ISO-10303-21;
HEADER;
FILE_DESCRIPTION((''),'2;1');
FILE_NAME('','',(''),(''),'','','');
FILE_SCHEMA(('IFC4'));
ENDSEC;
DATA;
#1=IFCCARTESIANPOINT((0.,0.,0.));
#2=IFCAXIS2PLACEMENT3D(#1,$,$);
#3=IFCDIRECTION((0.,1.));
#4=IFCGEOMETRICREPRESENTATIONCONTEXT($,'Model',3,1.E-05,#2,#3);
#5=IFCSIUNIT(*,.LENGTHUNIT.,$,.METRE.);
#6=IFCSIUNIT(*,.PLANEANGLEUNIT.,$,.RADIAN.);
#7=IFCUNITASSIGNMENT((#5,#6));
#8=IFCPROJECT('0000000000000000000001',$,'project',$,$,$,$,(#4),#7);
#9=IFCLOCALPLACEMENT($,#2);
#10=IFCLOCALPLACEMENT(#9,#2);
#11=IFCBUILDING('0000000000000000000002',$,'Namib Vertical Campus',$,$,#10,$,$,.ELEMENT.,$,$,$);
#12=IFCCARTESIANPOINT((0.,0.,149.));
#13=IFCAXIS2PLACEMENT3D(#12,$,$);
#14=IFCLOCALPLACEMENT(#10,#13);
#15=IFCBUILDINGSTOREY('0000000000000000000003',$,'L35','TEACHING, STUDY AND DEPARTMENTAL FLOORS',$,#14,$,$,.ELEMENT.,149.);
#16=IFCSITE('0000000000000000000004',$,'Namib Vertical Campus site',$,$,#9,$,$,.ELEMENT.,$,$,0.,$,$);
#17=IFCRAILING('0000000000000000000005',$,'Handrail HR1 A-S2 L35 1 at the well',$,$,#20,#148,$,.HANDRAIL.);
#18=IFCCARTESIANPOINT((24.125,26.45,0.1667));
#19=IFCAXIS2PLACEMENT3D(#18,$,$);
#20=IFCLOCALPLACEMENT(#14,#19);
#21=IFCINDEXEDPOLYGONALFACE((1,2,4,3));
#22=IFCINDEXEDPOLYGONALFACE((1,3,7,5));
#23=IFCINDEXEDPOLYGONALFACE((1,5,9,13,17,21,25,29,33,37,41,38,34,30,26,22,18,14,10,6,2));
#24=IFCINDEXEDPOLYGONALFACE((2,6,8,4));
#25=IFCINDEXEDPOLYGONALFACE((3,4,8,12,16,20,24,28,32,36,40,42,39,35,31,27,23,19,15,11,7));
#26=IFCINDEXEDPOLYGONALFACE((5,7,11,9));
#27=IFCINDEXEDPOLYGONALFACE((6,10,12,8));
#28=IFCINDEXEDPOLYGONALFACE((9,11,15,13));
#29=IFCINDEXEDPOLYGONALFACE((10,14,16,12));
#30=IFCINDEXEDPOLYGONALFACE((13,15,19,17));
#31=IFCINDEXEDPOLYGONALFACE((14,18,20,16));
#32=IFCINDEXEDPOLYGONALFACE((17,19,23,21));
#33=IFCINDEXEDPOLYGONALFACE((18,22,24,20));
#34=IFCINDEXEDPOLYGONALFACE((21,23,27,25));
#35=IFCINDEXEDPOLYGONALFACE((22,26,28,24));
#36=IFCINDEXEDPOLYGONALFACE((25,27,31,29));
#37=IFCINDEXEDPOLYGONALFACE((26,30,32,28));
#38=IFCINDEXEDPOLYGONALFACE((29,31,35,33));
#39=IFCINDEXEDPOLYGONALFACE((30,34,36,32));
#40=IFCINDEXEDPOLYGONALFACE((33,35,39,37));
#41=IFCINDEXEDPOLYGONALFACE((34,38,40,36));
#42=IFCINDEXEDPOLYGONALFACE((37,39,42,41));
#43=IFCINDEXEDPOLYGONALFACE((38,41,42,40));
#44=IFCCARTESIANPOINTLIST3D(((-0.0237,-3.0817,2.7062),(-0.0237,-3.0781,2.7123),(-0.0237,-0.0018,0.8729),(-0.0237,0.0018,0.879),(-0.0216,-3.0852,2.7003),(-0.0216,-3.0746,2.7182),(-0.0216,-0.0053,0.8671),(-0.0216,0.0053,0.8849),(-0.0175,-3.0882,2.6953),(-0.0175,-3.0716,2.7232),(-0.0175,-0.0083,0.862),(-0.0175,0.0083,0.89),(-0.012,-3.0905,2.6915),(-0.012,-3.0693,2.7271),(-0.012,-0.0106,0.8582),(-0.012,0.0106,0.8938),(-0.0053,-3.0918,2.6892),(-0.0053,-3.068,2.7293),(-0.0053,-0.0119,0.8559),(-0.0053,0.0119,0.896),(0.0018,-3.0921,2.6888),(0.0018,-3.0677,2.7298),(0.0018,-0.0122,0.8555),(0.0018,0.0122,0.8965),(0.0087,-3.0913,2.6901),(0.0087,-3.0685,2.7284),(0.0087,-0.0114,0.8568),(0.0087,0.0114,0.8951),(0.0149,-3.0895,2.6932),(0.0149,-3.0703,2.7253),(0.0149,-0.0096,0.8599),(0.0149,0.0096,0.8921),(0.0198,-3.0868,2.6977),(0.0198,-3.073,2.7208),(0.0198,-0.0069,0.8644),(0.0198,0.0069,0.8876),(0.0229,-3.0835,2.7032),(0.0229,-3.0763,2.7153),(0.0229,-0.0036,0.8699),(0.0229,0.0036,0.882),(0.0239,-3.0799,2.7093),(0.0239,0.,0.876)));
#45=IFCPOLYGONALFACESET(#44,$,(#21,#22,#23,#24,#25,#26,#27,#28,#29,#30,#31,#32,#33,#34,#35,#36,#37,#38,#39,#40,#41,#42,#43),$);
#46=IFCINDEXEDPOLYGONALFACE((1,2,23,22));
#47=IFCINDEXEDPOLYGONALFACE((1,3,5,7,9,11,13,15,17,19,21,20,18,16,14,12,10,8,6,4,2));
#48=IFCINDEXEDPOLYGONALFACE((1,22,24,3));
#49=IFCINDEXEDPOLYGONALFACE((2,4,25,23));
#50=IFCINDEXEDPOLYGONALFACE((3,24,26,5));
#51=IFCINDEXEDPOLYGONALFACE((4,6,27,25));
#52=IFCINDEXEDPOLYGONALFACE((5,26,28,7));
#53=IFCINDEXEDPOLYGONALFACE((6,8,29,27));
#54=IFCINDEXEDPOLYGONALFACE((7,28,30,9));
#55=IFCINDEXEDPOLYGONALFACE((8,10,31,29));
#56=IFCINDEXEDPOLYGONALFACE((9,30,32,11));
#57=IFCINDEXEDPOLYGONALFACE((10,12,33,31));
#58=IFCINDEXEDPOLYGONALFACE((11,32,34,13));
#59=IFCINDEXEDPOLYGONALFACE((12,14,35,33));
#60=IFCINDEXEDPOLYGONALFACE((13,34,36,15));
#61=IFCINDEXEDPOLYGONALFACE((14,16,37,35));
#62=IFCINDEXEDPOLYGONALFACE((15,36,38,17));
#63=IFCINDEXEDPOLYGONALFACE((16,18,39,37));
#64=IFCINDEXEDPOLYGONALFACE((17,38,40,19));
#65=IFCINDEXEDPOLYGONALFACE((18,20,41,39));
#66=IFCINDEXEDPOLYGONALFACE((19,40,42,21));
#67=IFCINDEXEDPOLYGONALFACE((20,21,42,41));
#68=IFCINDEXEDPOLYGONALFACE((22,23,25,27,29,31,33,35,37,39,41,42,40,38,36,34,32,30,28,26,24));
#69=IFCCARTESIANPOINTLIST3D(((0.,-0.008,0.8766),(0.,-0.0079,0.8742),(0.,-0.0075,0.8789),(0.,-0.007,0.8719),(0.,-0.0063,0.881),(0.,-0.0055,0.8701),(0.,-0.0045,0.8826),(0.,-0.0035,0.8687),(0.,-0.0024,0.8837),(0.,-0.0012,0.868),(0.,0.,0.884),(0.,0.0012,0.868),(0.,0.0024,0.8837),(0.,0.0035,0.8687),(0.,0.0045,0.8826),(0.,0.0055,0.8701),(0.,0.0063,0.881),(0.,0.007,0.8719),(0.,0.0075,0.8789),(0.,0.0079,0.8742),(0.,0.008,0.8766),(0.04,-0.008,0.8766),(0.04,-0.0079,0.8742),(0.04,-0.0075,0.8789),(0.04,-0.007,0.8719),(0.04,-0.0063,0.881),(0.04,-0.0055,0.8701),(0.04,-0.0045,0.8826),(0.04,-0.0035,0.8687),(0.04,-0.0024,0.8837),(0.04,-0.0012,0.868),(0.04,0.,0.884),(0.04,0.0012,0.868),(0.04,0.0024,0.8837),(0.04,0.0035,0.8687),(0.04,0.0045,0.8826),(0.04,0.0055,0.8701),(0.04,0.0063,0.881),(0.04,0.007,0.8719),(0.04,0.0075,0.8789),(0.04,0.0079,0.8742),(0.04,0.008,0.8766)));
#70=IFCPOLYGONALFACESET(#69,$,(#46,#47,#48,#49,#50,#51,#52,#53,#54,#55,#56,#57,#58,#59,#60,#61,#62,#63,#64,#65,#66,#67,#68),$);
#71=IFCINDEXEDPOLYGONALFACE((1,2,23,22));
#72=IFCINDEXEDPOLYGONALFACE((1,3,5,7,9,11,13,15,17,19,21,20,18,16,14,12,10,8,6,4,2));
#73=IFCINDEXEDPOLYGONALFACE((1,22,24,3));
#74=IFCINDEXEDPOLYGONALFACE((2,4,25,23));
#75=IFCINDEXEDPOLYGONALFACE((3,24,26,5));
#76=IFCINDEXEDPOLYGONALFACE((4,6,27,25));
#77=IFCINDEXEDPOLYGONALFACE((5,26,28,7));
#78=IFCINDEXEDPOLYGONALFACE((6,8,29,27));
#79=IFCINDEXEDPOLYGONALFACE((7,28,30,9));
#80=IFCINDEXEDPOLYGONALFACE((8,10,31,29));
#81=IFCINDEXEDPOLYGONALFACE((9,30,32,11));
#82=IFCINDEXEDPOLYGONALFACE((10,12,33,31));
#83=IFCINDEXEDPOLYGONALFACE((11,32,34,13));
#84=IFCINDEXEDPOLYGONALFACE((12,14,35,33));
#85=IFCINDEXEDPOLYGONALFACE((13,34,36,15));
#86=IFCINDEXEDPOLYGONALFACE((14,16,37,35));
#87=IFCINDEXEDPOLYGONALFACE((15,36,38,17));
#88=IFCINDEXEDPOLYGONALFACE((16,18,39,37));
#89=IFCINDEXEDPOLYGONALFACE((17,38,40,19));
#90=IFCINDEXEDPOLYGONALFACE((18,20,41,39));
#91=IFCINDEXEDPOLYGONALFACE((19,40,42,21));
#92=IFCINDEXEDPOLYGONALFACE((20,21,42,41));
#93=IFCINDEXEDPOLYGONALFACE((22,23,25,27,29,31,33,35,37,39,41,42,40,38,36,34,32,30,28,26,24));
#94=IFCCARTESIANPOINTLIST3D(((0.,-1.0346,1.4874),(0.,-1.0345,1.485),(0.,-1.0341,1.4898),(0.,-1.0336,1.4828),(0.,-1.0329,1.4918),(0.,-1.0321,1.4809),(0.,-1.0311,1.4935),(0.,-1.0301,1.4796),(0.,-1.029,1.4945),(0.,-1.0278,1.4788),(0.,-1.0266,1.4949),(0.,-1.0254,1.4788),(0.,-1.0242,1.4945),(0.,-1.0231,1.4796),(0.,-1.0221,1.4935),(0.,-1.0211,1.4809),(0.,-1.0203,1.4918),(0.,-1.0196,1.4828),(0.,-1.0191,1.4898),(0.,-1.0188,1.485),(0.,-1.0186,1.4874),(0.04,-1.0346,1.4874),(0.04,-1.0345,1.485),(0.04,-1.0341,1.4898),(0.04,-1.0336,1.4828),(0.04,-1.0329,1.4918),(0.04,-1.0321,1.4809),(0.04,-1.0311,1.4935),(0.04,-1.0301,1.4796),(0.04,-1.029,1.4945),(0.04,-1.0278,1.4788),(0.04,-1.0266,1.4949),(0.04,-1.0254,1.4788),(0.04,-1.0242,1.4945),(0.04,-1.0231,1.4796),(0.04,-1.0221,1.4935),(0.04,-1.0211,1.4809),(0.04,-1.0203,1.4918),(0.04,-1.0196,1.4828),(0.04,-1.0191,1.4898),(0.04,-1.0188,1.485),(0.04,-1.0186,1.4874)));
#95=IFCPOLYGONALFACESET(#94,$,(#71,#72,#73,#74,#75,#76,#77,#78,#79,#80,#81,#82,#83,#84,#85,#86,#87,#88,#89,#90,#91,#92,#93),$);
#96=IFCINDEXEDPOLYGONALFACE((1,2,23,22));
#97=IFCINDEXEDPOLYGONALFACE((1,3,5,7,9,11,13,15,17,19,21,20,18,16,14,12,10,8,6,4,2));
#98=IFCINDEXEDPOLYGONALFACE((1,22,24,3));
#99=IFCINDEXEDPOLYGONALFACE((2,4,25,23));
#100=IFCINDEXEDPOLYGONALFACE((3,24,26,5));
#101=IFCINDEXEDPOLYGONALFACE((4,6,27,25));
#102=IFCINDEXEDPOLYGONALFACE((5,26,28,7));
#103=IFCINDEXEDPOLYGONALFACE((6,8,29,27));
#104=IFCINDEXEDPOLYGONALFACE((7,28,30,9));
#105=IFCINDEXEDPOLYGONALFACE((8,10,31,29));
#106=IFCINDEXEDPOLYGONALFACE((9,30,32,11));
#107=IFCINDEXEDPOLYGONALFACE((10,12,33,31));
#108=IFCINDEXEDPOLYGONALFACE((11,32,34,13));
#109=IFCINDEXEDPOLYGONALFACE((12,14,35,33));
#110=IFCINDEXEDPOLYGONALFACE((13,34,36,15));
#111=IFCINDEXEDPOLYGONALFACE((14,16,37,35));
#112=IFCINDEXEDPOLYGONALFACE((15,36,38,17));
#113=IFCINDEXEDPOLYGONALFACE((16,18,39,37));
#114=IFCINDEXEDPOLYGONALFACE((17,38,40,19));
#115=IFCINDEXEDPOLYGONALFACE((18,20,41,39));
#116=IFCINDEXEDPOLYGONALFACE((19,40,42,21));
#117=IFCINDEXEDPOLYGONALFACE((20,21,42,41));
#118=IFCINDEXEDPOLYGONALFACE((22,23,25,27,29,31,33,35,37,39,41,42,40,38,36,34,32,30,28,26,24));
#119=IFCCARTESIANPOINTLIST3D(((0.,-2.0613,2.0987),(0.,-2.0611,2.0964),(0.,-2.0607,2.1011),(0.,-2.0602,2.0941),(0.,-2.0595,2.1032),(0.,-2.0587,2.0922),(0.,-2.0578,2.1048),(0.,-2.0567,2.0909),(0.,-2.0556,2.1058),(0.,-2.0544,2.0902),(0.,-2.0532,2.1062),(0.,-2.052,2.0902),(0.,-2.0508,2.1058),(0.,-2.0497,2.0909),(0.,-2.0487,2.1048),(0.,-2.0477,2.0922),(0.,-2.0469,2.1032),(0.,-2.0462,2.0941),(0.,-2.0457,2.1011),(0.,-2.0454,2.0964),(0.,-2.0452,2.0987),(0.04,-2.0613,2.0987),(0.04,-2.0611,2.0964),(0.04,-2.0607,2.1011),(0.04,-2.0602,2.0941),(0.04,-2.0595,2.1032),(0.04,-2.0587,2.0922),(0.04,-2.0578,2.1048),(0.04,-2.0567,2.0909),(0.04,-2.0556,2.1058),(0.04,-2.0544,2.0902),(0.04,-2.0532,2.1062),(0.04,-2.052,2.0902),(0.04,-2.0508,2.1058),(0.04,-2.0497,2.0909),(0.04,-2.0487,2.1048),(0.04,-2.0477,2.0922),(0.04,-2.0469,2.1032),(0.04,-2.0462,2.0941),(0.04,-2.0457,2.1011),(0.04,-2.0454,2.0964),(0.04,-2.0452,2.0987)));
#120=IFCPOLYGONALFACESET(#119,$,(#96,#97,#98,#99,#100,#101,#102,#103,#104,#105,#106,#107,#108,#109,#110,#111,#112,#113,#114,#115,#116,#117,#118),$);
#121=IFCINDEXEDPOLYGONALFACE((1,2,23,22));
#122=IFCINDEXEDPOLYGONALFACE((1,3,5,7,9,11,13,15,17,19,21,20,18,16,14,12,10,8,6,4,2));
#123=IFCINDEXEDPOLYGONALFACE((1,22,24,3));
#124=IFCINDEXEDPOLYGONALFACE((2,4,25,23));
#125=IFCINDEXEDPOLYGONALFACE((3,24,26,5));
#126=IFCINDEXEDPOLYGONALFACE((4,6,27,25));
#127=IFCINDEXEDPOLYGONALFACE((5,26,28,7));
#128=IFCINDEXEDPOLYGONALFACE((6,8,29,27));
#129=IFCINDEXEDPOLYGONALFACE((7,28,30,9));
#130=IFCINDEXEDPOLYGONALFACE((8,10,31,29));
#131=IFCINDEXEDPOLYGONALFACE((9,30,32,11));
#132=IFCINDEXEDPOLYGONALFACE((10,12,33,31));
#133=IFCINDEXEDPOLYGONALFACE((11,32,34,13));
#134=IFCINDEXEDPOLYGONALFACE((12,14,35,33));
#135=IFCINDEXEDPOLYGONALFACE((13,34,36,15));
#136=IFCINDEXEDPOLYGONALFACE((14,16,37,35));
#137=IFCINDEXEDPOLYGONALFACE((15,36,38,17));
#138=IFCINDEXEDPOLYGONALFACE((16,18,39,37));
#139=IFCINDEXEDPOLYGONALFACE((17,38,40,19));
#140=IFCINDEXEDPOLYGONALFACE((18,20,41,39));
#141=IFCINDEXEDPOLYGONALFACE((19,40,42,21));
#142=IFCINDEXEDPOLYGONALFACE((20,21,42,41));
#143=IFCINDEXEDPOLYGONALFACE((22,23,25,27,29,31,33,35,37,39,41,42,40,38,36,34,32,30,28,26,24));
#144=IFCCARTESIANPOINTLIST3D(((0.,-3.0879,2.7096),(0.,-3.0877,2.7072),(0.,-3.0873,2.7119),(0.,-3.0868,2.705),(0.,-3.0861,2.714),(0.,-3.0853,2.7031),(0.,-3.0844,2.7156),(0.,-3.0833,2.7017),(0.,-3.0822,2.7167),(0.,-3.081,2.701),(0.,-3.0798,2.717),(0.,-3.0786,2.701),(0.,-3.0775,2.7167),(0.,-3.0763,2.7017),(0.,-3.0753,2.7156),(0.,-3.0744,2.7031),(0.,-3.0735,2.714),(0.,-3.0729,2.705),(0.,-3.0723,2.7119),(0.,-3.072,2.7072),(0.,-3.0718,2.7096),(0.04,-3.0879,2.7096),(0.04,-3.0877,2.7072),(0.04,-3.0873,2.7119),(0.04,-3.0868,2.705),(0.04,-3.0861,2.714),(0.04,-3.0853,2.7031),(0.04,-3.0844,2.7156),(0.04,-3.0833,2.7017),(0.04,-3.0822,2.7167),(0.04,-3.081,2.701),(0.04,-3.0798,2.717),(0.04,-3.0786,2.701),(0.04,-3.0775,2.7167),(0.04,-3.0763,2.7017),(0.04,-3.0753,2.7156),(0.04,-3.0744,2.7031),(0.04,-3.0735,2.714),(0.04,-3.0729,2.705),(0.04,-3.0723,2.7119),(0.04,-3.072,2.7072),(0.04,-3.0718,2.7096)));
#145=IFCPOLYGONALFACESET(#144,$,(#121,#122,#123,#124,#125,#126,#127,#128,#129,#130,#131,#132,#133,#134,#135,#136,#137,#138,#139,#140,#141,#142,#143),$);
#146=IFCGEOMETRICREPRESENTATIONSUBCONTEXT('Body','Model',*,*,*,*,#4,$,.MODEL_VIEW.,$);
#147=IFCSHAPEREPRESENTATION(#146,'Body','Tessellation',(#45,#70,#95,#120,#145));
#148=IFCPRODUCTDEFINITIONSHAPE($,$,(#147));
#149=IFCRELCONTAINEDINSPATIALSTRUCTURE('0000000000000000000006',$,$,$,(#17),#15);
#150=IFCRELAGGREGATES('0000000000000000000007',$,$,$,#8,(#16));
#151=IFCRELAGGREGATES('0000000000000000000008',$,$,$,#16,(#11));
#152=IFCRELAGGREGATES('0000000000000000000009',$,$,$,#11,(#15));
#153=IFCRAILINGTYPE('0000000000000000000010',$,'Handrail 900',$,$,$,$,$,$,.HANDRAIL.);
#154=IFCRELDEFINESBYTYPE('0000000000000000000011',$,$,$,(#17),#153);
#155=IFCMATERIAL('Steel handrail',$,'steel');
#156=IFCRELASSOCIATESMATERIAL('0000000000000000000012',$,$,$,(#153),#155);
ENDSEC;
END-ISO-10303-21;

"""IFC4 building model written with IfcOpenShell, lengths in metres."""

from ifc_helpers import new_model, si_unit, direction, frame, origin, origin_2d, place, context, subcontext, project, spatial, circle, extrude, material, type_object, element, save


model = new_model("IFC4")

# Units and contexts
model_context = context("Model", 3, precision=1e-05, world=origin(), true_north=direction((0.0, 1.0)))
body_context = subcontext(model_context, "Body", "Model", "MODEL_VIEW")
ifc_project = project(units=[si_unit("LENGTHUNIT", "METRE"), si_unit("PLANEANGLEUNIT", "RADIAN")], contexts=[model_context])

# Site, building, storey
site_placement = place(None, origin())
site = spatial("IfcSite", under=ifc_project, at=site_placement, Name="Namib Vertical Campus site", CompositionType="ELEMENT", RefElevation=0.0)
building_placement = place(site_placement, origin())
building = spatial("IfcBuilding", under=site, at=building_placement, Name="Namib Vertical Campus", CompositionType="ELEMENT")
storey_placement = place(building_placement, frame((0.0, 0.0, 149.0)))
storey = spatial("IfcBuildingStorey", under=building, at=storey_placement, Name="L35", Description="TEACHING, STUDY AND DEPARTMENTAL FLOORS", CompositionType="ELEMENT", Elevation=149.0)

# Railing
ifc_material_1 = material(Name="Steel handrail", Category="steel")
railing_type_1 = type_object("IfcRailingType", Name="Handrail 900", PredefinedType="HANDRAIL", material=ifc_material_1)
railing_1_placement = place(storey_placement, frame((24.125, 26.45, 0.1667)))
element("IfcRailing", 1, at=railing_1_placement, inside=storey, type_object=railing_type_1, Name="Handrail HR1 A-S2 L35 1 at the well", PredefinedType="HANDRAIL", context=body_context, shape_type="SweptSolid", body=[
    extrude(circle(Radius=0.0239, at=origin_2d()), frame((0.0, 0.0, 0.876), z_axis=(0.0, -0.859291, 0.511487), x_axis=(1.0, 0.0, 0.0)), (0.0, 0.0, 1.0), 3.5842),
    extrude(circle(Radius=0.0081, at=origin_2d()), frame((0.0, 0.0, 0.876), z_axis=(1.0, 0.0, 0.0), x_axis=(0.0, 0.0, 1.0)), (0.0, 0.0, 1.0), 0.04),
    extrude(circle(Radius=0.0081, at=origin_2d()), frame((0.0, -1.0266, 1.4868), z_axis=(1.0, 0.0, 0.0), x_axis=(0.0, 0.0, 1.0)), (0.0, 0.0, 1.0), 0.04),
    extrude(circle(Radius=0.0081, at=origin_2d()), frame((0.0, -2.0532, 2.0981), z_axis=(1.0, 0.0, 0.0), x_axis=(0.0, 0.0, 1.0)), (0.0, 0.0, 1.0), 0.04),
    extrude(circle(Radius=0.0081, at=origin_2d()), frame((0.0, -3.0798, 2.709), z_axis=(1.0, 0.0, 0.0), x_axis=(0.0, 0.0, 1.0)), (0.0, 0.0, 1.0), 0.04),
])

save(model, "model.ifc")
